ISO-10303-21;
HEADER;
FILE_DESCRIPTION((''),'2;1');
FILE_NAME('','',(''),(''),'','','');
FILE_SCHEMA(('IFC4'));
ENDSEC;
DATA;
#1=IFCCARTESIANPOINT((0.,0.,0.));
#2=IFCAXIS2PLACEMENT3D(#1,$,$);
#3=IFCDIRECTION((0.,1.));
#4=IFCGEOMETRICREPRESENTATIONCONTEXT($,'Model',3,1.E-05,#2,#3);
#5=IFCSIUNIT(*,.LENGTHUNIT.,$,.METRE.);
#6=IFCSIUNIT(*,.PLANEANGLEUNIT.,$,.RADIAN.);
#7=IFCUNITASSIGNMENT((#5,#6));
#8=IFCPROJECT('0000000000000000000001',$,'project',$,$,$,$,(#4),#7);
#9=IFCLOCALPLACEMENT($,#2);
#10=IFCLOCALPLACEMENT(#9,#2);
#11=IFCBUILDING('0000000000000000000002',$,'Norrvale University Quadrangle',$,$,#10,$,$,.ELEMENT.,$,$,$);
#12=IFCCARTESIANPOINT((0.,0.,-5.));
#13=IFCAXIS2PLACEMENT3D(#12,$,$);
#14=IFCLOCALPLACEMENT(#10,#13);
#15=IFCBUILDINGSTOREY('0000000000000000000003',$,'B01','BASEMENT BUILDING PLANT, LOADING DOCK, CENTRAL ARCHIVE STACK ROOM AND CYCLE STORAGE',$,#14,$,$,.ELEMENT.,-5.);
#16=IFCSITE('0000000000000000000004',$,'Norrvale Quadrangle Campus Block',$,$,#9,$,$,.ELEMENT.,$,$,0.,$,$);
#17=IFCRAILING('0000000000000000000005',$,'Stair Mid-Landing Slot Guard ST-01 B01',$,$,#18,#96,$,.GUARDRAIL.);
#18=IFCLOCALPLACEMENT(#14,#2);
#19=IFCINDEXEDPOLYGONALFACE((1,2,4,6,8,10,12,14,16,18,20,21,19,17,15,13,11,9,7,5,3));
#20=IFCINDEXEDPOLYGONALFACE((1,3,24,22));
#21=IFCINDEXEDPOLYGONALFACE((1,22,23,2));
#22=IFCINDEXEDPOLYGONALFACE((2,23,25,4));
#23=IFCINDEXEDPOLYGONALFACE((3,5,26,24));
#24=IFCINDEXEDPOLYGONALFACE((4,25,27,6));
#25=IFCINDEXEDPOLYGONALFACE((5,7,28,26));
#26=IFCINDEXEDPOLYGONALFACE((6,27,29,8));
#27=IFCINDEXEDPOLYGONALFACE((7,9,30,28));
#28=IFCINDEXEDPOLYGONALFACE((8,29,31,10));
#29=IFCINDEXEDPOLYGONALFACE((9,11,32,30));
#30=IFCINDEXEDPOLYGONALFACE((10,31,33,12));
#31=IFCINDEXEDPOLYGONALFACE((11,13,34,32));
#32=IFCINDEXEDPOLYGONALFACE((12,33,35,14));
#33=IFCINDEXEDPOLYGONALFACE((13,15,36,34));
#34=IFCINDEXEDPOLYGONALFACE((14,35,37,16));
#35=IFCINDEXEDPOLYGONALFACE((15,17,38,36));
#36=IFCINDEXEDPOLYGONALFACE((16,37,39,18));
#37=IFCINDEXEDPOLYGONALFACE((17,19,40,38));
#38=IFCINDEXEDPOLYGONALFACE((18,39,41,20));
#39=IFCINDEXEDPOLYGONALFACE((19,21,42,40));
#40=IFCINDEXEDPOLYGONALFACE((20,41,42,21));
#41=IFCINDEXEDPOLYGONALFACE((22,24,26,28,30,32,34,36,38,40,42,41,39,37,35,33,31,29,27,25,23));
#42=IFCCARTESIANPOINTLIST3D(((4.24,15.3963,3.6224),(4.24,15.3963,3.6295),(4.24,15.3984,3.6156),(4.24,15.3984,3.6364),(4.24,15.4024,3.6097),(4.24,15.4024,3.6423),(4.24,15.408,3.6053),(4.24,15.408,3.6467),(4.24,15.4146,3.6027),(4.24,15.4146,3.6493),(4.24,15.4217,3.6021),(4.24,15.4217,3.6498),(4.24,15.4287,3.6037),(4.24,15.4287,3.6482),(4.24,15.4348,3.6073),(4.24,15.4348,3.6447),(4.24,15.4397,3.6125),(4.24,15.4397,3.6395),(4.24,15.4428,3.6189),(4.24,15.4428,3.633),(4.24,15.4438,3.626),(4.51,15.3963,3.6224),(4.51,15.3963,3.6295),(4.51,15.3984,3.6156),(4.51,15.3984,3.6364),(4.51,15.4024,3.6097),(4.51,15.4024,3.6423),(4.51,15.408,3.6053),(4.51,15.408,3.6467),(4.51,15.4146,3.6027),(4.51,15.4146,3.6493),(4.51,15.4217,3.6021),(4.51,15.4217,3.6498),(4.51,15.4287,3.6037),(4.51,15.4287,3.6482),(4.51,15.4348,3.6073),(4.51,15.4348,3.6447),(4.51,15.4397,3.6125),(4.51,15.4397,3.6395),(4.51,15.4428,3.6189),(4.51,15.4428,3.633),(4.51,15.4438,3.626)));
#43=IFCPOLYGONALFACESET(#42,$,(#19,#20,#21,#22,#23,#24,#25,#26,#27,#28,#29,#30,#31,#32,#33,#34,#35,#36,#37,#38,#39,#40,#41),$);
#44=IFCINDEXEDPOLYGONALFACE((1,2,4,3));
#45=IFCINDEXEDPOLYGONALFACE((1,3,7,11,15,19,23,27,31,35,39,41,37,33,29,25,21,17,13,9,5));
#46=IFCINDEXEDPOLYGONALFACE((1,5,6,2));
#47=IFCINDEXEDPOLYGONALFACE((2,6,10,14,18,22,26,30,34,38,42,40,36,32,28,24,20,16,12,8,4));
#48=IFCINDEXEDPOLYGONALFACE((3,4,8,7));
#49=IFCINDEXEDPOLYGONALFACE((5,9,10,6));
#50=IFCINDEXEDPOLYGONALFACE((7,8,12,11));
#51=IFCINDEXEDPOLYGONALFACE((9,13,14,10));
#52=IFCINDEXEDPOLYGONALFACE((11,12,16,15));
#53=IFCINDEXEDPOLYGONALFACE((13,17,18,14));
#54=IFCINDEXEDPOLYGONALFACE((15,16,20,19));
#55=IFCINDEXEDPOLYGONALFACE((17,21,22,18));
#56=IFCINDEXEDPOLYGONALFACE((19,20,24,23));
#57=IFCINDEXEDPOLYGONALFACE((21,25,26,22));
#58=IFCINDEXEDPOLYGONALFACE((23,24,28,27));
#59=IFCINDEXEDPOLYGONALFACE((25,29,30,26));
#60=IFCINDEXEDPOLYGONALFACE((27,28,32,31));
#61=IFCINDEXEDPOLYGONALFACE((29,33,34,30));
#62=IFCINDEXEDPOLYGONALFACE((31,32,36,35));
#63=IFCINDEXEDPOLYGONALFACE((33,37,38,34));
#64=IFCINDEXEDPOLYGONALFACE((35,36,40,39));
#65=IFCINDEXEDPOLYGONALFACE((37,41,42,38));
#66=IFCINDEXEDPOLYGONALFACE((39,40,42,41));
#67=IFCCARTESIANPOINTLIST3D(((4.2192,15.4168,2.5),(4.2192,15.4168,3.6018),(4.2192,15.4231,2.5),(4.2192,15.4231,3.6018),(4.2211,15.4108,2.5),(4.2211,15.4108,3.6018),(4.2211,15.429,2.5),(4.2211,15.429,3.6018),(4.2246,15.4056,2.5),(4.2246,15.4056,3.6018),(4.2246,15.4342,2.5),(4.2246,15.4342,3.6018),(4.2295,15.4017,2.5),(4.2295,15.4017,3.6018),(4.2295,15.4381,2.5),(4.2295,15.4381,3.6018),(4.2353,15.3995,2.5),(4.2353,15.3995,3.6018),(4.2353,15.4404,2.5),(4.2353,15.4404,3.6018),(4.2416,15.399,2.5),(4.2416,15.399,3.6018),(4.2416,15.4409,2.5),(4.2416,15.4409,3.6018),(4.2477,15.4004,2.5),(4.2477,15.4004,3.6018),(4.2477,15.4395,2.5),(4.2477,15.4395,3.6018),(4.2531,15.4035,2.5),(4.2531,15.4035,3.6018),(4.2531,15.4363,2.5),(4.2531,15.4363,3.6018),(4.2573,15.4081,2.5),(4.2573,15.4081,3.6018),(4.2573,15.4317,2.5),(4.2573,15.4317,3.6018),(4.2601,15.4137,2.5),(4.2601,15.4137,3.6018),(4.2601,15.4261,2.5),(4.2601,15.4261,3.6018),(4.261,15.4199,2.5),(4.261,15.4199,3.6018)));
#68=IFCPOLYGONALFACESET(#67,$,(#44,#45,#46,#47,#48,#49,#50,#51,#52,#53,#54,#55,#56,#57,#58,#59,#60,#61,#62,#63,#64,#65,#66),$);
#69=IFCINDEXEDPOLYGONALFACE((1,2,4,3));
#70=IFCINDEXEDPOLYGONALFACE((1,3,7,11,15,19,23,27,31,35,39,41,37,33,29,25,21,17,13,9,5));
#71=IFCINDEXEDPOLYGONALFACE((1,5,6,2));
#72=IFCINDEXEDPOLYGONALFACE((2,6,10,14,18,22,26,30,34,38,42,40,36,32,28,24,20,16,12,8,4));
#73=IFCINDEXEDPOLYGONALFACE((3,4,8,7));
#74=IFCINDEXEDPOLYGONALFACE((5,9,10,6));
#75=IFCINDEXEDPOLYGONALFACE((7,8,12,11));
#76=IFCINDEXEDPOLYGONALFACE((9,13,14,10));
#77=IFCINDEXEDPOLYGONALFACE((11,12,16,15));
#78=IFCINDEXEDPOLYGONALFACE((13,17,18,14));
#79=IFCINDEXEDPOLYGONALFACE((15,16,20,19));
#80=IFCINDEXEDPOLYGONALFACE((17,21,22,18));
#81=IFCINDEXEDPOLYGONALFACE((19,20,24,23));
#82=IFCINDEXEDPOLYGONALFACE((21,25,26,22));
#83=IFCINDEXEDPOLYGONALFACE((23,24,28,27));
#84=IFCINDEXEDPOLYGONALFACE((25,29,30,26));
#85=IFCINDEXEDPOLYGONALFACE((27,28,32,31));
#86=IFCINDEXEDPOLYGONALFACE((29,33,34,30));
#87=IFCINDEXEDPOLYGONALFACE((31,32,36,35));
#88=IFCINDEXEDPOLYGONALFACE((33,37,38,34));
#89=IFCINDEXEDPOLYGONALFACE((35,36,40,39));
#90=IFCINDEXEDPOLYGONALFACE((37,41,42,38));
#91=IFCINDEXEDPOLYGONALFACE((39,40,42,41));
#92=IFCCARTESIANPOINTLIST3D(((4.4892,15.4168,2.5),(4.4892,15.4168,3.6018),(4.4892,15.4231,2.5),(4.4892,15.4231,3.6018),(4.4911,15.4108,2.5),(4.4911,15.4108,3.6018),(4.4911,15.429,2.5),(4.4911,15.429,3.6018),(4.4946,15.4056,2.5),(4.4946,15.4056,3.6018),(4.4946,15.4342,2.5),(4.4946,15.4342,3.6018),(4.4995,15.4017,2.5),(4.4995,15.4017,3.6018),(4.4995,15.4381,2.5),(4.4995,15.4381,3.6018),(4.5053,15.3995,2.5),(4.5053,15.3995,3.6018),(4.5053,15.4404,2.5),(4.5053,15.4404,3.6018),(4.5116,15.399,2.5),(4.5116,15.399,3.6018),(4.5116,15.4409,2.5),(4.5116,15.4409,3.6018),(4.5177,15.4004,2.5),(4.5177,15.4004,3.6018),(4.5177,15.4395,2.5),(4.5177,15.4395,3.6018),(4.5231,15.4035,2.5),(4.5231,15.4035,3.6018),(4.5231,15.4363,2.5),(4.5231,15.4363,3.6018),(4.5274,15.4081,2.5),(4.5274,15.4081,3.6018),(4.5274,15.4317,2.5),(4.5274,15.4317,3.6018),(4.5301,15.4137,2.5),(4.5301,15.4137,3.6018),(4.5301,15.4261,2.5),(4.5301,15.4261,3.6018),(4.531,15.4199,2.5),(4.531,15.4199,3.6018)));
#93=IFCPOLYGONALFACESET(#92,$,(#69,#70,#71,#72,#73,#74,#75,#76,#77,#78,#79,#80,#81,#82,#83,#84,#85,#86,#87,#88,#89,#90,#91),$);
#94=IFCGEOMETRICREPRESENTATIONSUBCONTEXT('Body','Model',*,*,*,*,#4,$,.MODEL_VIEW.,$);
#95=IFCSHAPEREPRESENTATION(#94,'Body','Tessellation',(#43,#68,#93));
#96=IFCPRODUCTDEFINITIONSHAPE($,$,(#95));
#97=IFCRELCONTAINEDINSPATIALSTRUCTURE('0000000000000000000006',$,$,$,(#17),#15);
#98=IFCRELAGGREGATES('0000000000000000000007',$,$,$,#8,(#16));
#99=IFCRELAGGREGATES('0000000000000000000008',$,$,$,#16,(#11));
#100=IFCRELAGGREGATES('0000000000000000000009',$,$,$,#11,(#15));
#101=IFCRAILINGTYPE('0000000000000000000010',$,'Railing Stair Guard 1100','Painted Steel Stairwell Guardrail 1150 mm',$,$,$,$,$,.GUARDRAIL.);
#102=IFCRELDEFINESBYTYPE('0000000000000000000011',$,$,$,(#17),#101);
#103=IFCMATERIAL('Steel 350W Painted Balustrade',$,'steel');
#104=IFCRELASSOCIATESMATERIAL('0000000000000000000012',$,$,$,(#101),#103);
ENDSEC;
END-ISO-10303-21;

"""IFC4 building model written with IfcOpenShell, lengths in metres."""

from ifc_helpers import new_model, si_unit, direction, frame, origin, origin_2d, place, context, subcontext, project, spatial, circle, extrude, material, type_object, element, save


model = new_model("IFC4")

# Units and contexts
model_context = context("Model", 3, precision=1e-05, world=origin(), true_north=direction((0.0, 1.0)))
body_context = subcontext(model_context, "Body", "Model", "MODEL_VIEW")
ifc_project = project(units=[si_unit("LENGTHUNIT", "METRE"), si_unit("PLANEANGLEUNIT", "RADIAN")], contexts=[model_context])

# Site, building, storey
site_placement = place(None, origin())
site = spatial("IfcSite", under=ifc_project, at=site_placement, Name="Norrvale Quadrangle Campus Block", CompositionType="ELEMENT", RefElevation=0.0)
building_placement = place(site_placement, origin())
building = spatial("IfcBuilding", under=site, at=building_placement, Name="Norrvale University Quadrangle", CompositionType="ELEMENT")
storey_placement = place(building_placement, frame((0.0, 0.0, -5.0)))
storey = spatial("IfcBuildingStorey", under=building, at=storey_placement, Name="B01", Description="BASEMENT BUILDING PLANT, LOADING DOCK, CENTRAL ARCHIVE STACK ROOM AND CYCLE STORAGE", CompositionType="ELEMENT", Elevation=-5.0)

# Railing
ifc_material_1 = material(Name="Steel 350W Painted Balustrade", Category="steel")
railing_type_1 = type_object("IfcRailingType", Name="Railing Stair Guard 1100", Description="Painted Steel Stairwell Guardrail 1150 mm", PredefinedType="GUARDRAIL", material=ifc_material_1)
railing_1_placement = place(storey_placement, frame((4.24, 15.4199, 2.5)))
element("IfcRailing", 1, at=railing_1_placement, inside=storey, type_object=railing_type_1, Name="Stair Mid-Landing Slot Guard ST-01 B01", PredefinedType="GUARDRAIL", context=body_context, shape_type="SweptSolid", body=[
    extrude(circle(Radius=0.0239, at=origin_2d()), frame((0.0, 0.0, 1.126), z_axis=(1.0, 0.0, 0.0), x_axis=(0.0, 1.0, 0.0)), (0.0, 0.0, 1.0), 0.27),
    extrude(circle(Radius=0.021, at=origin_2d()), origin(), (0.0, 0.0, 1.0), 1.1018),
    extrude(circle(Radius=0.021, at=origin_2d()), frame((0.27, 0.0, 0.0)), (0.0, 0.0, 1.0), 1.1018),
])

save(model, "model.ifc")
